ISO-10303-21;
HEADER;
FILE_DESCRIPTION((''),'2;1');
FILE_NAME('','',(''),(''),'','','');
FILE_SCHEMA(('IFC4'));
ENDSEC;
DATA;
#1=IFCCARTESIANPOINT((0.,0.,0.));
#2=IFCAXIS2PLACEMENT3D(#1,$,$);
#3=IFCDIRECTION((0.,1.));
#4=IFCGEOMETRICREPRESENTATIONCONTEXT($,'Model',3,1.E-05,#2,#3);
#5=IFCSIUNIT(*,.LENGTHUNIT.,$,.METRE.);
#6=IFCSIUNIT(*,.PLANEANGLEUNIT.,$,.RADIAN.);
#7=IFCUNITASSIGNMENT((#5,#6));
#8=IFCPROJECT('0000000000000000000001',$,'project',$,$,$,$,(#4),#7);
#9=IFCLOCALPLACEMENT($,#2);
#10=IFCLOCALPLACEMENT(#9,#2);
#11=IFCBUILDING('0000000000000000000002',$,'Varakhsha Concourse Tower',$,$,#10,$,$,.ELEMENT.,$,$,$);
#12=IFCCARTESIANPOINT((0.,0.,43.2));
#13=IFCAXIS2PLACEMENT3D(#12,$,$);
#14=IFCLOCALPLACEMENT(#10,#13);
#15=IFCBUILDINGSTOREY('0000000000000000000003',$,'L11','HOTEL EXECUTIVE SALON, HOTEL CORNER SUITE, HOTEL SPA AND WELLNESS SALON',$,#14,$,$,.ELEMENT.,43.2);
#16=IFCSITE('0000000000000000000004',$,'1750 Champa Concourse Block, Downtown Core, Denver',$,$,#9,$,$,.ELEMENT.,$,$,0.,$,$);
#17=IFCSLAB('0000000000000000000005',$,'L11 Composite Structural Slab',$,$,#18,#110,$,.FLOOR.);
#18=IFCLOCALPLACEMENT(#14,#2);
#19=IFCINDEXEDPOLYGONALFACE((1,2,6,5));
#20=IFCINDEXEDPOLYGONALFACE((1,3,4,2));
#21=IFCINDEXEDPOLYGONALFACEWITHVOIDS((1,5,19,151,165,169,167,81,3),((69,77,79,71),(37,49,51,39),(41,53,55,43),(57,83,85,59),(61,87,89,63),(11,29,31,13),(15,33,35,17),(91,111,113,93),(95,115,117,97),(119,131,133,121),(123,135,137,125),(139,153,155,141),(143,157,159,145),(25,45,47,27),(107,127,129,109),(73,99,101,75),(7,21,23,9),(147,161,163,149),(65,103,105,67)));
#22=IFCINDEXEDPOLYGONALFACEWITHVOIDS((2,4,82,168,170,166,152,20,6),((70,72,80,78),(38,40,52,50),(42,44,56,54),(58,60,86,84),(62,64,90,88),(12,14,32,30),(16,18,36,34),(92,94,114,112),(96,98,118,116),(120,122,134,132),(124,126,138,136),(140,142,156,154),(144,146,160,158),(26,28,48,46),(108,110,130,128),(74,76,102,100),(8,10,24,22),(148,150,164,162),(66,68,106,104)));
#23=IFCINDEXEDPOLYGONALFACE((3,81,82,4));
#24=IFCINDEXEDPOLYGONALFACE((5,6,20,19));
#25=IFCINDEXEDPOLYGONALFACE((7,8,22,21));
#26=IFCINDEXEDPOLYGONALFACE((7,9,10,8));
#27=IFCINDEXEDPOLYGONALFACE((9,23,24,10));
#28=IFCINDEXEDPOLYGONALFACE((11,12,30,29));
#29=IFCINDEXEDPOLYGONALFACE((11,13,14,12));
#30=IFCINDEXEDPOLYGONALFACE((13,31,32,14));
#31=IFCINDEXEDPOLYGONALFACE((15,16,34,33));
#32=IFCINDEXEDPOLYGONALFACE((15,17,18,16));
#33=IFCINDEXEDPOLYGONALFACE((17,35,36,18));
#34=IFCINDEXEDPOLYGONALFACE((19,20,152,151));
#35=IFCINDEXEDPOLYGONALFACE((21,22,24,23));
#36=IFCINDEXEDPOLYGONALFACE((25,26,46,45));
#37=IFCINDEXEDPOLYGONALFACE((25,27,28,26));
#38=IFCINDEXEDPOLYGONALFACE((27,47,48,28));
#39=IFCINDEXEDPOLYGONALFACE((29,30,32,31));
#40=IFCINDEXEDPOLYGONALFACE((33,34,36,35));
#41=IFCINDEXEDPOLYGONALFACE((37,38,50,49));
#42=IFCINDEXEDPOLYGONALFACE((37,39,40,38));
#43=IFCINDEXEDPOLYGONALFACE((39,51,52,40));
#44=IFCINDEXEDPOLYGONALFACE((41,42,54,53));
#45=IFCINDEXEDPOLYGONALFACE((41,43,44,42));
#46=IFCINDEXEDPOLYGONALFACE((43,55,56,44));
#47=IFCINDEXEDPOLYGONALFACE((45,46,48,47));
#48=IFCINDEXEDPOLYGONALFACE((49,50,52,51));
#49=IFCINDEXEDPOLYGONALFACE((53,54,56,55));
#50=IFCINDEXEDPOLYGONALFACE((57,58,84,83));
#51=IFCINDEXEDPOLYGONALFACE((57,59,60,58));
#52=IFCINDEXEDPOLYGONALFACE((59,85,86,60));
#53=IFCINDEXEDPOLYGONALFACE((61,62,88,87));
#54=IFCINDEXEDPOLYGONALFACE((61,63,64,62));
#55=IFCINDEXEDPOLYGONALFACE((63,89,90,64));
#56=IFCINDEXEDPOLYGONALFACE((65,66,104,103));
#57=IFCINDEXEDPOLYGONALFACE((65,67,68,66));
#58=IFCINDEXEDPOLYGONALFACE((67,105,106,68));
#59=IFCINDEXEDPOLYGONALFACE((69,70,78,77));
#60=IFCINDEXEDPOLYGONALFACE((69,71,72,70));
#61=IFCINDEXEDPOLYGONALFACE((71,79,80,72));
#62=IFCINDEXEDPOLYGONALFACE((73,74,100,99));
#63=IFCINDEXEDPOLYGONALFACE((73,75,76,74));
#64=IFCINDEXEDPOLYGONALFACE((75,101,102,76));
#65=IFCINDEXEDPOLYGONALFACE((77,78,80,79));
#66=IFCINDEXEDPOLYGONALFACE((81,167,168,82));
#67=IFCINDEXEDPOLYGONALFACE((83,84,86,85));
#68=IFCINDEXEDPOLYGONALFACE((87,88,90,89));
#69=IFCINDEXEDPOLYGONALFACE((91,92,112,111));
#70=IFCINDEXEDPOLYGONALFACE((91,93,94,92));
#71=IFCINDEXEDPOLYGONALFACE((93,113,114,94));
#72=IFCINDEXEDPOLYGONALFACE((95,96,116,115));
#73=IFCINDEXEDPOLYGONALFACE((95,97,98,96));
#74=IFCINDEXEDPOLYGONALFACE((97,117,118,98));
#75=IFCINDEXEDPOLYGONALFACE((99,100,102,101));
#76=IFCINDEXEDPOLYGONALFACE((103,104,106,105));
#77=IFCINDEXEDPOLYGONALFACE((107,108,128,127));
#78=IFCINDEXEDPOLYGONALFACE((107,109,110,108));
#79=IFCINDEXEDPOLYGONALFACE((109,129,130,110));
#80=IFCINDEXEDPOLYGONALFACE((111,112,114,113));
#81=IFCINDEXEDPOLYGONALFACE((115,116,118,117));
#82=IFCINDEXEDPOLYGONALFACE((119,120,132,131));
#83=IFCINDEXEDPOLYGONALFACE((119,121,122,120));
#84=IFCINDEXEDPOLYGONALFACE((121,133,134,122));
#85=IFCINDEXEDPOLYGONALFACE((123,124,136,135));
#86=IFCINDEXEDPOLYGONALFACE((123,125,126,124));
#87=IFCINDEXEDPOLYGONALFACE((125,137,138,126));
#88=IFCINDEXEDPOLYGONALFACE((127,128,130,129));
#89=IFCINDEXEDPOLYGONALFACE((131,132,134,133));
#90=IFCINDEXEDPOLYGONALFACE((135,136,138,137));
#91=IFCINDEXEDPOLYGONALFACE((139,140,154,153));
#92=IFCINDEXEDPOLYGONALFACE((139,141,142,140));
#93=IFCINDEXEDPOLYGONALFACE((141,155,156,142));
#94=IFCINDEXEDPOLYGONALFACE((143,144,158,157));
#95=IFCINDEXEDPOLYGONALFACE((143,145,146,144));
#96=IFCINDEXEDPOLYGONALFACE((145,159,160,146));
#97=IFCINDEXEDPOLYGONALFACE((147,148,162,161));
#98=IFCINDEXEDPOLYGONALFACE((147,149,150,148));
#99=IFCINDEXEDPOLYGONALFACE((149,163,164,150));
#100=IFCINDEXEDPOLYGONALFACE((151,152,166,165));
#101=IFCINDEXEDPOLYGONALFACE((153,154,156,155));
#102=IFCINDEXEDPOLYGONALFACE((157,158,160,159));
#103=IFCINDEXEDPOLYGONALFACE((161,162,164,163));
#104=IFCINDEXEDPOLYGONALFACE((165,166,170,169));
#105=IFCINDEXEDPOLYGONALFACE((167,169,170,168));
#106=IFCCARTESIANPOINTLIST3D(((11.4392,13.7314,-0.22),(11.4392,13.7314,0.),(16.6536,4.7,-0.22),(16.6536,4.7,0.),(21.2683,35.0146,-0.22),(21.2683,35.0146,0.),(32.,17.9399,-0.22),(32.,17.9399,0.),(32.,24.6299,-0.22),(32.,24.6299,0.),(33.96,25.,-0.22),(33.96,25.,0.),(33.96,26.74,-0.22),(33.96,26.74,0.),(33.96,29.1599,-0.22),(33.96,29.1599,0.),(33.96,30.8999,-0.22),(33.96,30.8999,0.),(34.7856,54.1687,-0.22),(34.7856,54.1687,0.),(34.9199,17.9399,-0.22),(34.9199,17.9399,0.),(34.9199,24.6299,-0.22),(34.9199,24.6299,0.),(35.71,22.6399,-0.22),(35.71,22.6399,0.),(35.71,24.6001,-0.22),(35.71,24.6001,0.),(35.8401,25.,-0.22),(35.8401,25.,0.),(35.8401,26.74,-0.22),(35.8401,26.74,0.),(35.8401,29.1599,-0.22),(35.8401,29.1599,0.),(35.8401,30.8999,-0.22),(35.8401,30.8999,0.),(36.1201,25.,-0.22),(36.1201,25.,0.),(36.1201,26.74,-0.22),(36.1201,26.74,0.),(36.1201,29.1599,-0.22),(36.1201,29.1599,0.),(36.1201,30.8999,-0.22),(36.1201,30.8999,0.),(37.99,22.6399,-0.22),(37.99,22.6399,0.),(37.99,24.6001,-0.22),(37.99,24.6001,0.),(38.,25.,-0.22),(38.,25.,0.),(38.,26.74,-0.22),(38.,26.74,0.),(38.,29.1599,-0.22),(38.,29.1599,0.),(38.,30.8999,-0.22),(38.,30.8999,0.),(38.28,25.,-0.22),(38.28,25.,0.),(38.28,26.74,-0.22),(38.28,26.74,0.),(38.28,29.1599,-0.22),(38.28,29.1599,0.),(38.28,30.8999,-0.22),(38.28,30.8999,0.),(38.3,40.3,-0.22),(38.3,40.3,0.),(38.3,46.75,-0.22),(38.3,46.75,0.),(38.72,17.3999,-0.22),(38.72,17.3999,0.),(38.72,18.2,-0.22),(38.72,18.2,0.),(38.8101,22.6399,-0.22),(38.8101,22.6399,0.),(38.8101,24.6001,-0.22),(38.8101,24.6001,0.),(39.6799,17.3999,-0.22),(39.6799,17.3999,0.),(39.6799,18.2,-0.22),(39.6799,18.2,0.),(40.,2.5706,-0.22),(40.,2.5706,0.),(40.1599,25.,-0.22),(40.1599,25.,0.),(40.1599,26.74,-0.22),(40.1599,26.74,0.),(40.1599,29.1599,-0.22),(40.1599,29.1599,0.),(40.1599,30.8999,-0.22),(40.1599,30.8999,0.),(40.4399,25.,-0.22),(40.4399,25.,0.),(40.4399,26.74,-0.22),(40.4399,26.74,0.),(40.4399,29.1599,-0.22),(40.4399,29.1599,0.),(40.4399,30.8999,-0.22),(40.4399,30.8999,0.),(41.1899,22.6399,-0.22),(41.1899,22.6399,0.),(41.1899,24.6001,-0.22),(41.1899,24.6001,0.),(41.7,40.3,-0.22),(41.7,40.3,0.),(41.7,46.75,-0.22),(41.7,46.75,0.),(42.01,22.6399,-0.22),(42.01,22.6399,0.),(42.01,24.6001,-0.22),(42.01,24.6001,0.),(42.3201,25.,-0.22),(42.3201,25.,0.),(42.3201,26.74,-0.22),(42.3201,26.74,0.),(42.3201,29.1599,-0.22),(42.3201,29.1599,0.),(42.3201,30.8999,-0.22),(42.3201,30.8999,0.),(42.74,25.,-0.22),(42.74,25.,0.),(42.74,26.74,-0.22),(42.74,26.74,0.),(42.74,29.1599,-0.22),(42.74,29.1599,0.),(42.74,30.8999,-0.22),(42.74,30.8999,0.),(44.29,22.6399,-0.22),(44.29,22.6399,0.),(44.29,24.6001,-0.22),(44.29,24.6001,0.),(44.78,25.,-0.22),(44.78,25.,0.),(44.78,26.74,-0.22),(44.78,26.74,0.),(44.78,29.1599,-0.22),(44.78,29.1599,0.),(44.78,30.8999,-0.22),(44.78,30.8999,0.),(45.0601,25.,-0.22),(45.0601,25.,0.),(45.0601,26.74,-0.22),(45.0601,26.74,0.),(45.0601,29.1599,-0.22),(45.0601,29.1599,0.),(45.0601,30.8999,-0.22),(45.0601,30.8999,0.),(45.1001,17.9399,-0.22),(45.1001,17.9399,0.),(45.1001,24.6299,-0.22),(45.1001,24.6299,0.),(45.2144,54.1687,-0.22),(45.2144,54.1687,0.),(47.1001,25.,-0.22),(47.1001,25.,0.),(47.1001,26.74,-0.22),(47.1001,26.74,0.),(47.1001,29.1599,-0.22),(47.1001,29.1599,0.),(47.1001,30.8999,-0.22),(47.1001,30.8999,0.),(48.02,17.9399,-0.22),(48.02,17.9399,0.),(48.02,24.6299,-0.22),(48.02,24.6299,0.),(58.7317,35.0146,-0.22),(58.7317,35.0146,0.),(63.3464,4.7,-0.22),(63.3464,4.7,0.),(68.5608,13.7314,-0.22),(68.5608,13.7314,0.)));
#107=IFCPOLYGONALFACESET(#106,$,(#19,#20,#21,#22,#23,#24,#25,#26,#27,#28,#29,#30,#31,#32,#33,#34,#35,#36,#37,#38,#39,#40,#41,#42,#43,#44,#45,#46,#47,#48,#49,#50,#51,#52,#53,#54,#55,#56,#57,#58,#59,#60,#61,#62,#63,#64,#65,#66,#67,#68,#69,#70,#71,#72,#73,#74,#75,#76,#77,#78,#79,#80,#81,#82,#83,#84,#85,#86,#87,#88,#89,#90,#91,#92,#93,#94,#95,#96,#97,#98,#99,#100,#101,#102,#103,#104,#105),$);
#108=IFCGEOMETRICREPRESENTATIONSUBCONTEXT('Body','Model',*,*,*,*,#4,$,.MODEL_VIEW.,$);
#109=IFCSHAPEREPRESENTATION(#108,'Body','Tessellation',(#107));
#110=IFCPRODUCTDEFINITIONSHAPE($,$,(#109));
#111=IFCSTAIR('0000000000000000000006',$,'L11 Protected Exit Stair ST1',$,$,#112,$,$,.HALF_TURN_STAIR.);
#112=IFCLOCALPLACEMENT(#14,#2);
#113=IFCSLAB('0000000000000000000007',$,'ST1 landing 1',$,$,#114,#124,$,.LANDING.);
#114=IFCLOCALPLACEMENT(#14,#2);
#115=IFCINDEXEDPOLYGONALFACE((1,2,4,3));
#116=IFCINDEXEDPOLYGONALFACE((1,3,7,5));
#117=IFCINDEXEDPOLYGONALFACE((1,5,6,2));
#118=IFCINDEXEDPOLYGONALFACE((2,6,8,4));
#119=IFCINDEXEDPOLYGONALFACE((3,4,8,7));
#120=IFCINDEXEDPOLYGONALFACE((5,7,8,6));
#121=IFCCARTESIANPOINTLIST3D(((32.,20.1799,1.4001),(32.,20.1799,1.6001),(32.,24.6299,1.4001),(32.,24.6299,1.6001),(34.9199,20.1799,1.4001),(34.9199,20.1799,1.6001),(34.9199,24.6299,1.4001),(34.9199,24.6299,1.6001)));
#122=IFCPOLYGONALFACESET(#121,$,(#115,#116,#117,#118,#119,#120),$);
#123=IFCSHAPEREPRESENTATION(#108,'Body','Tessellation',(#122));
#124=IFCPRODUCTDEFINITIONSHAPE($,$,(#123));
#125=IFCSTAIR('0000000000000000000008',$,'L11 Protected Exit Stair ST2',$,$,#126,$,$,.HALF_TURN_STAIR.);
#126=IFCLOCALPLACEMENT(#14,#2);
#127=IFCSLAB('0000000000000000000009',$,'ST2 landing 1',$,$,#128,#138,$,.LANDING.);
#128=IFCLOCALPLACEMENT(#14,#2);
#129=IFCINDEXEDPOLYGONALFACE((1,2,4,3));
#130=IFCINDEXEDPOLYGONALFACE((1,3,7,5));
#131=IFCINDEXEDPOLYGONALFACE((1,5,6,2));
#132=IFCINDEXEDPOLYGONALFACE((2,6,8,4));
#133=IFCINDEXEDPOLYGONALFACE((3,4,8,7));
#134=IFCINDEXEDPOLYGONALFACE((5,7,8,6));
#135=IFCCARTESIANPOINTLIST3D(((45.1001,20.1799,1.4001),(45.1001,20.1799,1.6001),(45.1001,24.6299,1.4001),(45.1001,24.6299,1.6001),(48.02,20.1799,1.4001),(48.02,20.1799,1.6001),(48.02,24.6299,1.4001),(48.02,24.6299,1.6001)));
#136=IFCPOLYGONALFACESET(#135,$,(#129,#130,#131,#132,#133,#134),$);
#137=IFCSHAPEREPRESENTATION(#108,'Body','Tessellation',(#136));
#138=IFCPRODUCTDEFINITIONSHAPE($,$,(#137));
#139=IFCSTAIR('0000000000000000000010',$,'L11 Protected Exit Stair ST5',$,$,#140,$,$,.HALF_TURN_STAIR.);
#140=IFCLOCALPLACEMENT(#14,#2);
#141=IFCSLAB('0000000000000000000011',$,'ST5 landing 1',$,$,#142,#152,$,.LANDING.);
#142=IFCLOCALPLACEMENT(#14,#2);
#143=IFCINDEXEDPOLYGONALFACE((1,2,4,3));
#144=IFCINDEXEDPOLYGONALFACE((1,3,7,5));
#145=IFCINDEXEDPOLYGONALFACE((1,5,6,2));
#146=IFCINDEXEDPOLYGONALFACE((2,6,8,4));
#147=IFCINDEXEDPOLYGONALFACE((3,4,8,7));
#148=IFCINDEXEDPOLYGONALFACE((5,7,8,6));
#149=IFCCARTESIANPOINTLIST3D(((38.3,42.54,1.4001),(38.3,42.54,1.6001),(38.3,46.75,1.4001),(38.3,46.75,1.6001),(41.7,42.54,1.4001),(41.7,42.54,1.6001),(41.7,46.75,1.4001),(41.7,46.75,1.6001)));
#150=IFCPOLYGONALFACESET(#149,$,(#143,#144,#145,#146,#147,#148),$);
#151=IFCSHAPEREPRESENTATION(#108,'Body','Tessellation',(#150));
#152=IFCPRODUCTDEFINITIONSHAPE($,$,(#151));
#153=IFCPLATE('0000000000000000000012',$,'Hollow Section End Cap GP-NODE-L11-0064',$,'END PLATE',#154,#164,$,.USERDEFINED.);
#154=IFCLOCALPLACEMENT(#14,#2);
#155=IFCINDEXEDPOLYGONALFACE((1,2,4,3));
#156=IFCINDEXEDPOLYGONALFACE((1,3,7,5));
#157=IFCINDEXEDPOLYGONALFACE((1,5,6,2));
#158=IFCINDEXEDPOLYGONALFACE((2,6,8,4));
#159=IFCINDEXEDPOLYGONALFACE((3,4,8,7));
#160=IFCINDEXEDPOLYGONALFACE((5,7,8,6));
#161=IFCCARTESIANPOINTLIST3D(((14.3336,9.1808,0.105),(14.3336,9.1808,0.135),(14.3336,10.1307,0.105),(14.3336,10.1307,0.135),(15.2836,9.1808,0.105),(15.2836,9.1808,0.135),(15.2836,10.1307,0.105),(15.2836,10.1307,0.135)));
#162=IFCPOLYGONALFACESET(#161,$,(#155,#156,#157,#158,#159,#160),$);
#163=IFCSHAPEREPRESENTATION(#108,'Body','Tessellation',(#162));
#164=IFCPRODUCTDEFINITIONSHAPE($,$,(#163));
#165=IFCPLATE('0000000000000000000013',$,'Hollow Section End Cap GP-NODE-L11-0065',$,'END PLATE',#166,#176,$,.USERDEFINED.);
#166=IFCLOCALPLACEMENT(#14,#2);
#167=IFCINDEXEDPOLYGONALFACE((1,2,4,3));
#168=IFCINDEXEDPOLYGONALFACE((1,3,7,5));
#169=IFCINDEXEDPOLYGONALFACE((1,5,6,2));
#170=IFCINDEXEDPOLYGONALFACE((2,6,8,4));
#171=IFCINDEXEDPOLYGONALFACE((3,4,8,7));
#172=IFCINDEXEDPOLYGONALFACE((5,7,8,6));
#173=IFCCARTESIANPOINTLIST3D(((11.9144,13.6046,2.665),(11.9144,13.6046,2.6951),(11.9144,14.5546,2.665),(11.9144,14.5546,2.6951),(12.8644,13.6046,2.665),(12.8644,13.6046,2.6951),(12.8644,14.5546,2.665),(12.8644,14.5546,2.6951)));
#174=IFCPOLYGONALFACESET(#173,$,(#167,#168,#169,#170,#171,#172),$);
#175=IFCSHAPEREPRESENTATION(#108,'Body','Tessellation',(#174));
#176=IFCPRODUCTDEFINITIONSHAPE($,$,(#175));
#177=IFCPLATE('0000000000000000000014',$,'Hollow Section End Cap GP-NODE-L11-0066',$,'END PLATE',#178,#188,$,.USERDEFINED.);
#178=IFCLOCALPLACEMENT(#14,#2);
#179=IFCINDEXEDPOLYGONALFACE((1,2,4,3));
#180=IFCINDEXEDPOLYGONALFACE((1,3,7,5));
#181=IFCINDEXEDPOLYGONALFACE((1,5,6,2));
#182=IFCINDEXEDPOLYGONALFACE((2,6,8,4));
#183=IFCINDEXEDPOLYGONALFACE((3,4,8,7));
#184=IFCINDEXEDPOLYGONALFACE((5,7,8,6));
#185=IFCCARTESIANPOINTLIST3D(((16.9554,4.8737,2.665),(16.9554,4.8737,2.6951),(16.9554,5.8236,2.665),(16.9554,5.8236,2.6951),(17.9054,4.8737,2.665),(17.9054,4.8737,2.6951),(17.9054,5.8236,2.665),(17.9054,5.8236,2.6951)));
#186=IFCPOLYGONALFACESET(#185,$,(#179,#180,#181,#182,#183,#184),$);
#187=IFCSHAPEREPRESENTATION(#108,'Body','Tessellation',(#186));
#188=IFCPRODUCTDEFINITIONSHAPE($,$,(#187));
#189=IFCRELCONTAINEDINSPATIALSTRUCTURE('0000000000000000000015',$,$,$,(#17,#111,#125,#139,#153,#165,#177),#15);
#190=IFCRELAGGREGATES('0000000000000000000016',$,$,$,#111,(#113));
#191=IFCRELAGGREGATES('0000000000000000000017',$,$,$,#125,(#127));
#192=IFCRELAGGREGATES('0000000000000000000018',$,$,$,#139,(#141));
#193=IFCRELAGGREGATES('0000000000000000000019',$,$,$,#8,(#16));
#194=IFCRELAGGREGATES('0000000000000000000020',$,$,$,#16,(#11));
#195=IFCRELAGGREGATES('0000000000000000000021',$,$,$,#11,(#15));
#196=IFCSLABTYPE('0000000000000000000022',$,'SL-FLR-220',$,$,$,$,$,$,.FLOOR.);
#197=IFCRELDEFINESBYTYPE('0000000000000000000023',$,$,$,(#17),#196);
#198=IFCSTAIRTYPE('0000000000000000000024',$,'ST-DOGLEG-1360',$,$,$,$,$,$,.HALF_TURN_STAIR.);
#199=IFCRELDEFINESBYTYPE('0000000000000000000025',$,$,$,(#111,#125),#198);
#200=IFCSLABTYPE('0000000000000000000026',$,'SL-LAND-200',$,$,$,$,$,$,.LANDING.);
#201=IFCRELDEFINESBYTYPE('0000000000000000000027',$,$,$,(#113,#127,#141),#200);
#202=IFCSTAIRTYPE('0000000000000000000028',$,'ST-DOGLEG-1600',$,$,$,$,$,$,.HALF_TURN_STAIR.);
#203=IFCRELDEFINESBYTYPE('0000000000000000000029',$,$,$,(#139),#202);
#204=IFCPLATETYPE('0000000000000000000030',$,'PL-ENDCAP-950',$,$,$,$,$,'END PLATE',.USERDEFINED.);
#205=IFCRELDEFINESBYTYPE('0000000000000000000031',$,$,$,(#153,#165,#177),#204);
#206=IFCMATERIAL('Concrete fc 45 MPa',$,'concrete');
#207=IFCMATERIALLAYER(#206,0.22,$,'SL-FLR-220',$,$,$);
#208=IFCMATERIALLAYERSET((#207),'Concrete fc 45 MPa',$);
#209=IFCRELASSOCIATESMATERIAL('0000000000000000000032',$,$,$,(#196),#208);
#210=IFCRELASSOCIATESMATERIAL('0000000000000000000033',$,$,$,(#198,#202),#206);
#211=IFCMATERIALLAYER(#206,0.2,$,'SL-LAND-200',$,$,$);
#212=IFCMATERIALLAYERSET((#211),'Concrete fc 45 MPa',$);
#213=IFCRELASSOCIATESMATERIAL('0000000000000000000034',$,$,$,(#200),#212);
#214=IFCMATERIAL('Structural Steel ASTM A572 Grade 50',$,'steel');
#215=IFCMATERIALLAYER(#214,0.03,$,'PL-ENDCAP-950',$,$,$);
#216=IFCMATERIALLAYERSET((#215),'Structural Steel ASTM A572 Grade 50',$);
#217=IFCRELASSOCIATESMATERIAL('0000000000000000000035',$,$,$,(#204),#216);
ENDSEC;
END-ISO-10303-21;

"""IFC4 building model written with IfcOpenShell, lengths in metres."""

from ifc_helpers import new_model, si_unit, direction, frame, origin, origin_2d, place, context, subcontext, project, spatial, polyline, rectangle, outline, extrude, source, transform, mapped, material, layer, layer_set, type_object, type_shapes, element, aggregate, save


model = new_model("IFC4")

# Units and contexts
model_context = context("Model", 3, precision=1e-05, world=origin(), true_north=direction((0.0, 1.0)))
body_context = subcontext(model_context, "Body", "Model", "MODEL_VIEW")
ifc_project = project(units=[si_unit("LENGTHUNIT", "METRE"), si_unit("PLANEANGLEUNIT", "RADIAN")], contexts=[model_context])

# Site, building, storey
site_placement = place(None, origin())
site = spatial("IfcSite", under=ifc_project, at=site_placement, Name="1750 Champa Concourse Block, Downtown Core, Denver", CompositionType="ELEMENT", RefElevation=0.0)
building_placement = place(site_placement, origin())
building = spatial("IfcBuilding", under=site, at=building_placement, Name="Varakhsha Concourse Tower", CompositionType="ELEMENT")
storey_placement = place(building_placement, frame((0.0, 0.0, 43.2)))
storey = spatial("IfcBuildingStorey", under=building, at=storey_placement, Name="L11", Description="HOTEL EXECUTIVE SALON, HOTEL CORNER SUITE, HOTEL SPA AND WELLNESS SALON", CompositionType="ELEMENT", Elevation=43.2)

# Shared definitions
ifc_material_1 = material(Name="Structural Steel ASTM A572 Grade 50", Category="steel")

# Slab
ifc_material_2 = material(Name="Concrete fc 45 MPa", Category="concrete")
ifc_layer_1 = layer(ifc_material_2, 0.22, Name="SL-FLR-220")
ifc_layer_set_1 = layer_set([ifc_layer_1], Name="Concrete fc 45 MPa")
slab_type_1 = type_object("IfcSlabType", Name="SL-FLR-220", PredefinedType="FLOOR", material=ifc_layer_set_1)
slab_1_placement = place(storey_placement, frame((0.0, 0.0, -0.22)))
element("IfcSlab", 1, at=slab_1_placement, inside=storey, type_object=slab_type_1, Name="L11 Composite Structural Slab", PredefinedType="FLOOR", context=body_context, shape_type="SweptSolid", body=[
    extrude(outline(polyline([(45.2144, 54.1687), (34.7856, 54.1687), (21.2683, 35.0146), (11.4392, 13.7314), (16.6536, 4.7), (40.0, 2.5706), (63.3464, 4.7), (68.5608, 13.7314), (58.7317, 35.0146), (45.2144, 54.1687)]), holes=[polyline([(34.9199, 17.9399), (34.9199, 24.6299), (32.0, 24.6299), (32.0, 17.9399), (34.9199, 17.9399)]), polyline([(48.02, 17.9399), (48.02, 24.6299), (45.1001, 24.6299), (45.1001, 17.9399), (48.02, 17.9399)]), polyline([(41.7, 40.3), (41.7, 46.75), (38.3, 46.75), (38.3, 40.3), (41.7, 40.3)]), polyline([(33.96, 29.1599), (35.8401, 29.1599), (35.8401, 30.8999), (33.96, 30.8999), (33.96, 29.1599)]), polyline([(36.1201, 29.1599), (38.0, 29.1599), (38.0, 30.8999), (36.1201, 30.8999), (36.1201, 29.1599)]), polyline([(38.28, 29.1599), (40.1599, 29.1599), (40.1599, 30.8999), (38.28, 30.8999), (38.28, 29.1599)]), polyline([(40.4399, 29.1599), (42.3201, 29.1599), (42.3201, 30.8999), (40.4399, 30.8999), (40.4399, 29.1599)]), polyline([(33.96, 25.0), (35.8401, 25.0), (35.8401, 26.74), (33.96, 26.74), (33.96, 25.0)]), polyline([(36.1201, 25.0), (38.0, 25.0), (38.0, 26.74), (36.1201, 26.74), (36.1201, 25.0)]), polyline([(38.28, 25.0), (40.1599, 25.0), (40.1599, 26.74), (38.28, 26.74), (38.28, 25.0)]), polyline([(40.4399, 25.0), (42.3201, 25.0), (42.3201, 26.74), (40.4399, 26.74), (40.4399, 25.0)]), polyline([(42.74, 29.1599), (44.78, 29.1599), (44.78, 30.8999), (42.74, 30.8999), (42.74, 29.1599)]), polyline([(45.0601, 29.1599), (47.1001, 29.1599), (47.1001, 30.8999), (45.0601, 30.8999), (45.0601, 29.1599)]), polyline([(42.74, 25.0), (44.78, 25.0), (44.78, 26.74), (42.74, 26.74), (42.74, 25.0)]), polyline([(45.0601, 25.0), (47.1001, 25.0), (47.1001, 26.74), (45.0601, 26.74), (45.0601, 25.0)]), polyline([(35.71, 22.6399), (37.99, 22.6399), (37.99, 24.6001), (35.71, 24.6001), (35.71, 22.6399)]), polyline([(42.01, 22.6399), (44.29, 22.6399), (44.29, 24.6001), (42.01, 24.6001), (42.01, 22.6399)]), polyline([(38.8101, 22.6399), (41.1899, 22.6399), (41.1899, 24.6001), (38.8101, 24.6001), (38.8101, 22.6399)]), polyline([(38.72, 17.3999), (39.6799, 17.3999), (39.6799, 18.2), (38.72, 18.2), (38.72, 17.3999)])]), origin(), (0.0, 0.0, 1.0), 0.22),
])

# Stairs, slabs
stair_type_1 = type_object("IfcStairType", Name="ST-DOGLEG-1360", PredefinedType="HALF_TURN_STAIR", material=ifc_material_2)
stair_1_placement = place(storey_placement, origin())
stair_1 = element("IfcStair", 2, at=stair_1_placement, inside=storey, type_object=stair_type_1, Name="L11 Protected Exit Stair ST1", PredefinedType="HALF_TURN_STAIR")
ifc_layer_2 = layer(ifc_material_2, 0.2, Name="SL-LAND-200")
ifc_layer_set_2 = layer_set([ifc_layer_2], Name="Concrete fc 45 MPa")
slab_type_2 = type_object("IfcSlabType", Name="SL-LAND-200", PredefinedType="LANDING", material=ifc_layer_set_2)
slab_2_placement = place(storey_placement, frame((0.0, 0.0, 1.4001)))
slab_2 = element("IfcSlab", 3, at=slab_2_placement, type_object=slab_type_2, Name="ST1 landing 1", PredefinedType="LANDING", context=body_context, shape_type="SweptSolid", body=[
    extrude(outline(polyline([(34.9199, 20.1799), (34.9199, 24.6299), (32.0, 24.6299), (32.0, 20.1799), (34.9199, 20.1799)])), origin(), (0.0, 0.0, 1.0), 0.2),
])
aggregate(stair_1, [slab_2])
stair_2_placement = place(storey_placement, origin())
stair_2 = element("IfcStair", 4, at=stair_2_placement, inside=storey, type_object=stair_type_1, Name="L11 Protected Exit Stair ST2", PredefinedType="HALF_TURN_STAIR")
slab_3_placement = place(storey_placement, frame((0.0, 0.0, 1.4001)))
slab_3 = element("IfcSlab", 5, at=slab_3_placement, type_object=slab_type_2, Name="ST2 landing 1", PredefinedType="LANDING", context=body_context, shape_type="SweptSolid", body=[
    extrude(outline(polyline([(48.02, 20.1799), (48.02, 24.6299), (45.1001, 24.6299), (45.1001, 20.1799), (48.02, 20.1799)])), origin(), (0.0, 0.0, 1.0), 0.2),
])
aggregate(stair_2, [slab_3])
stair_type_2 = type_object("IfcStairType", Name="ST-DOGLEG-1600", PredefinedType="HALF_TURN_STAIR", material=ifc_material_2)
stair_3_placement = place(storey_placement, origin())
stair_3 = element("IfcStair", 6, at=stair_3_placement, inside=storey, type_object=stair_type_2, Name="L11 Protected Exit Stair ST5", PredefinedType="HALF_TURN_STAIR")
slab_4_placement = place(storey_placement, frame((0.0, 0.0, 1.4001)))
slab_4 = element("IfcSlab", 7, at=slab_4_placement, type_object=slab_type_2, Name="ST5 landing 1", PredefinedType="LANDING", context=body_context, shape_type="SweptSolid", body=[
    extrude(outline(polyline([(41.7, 42.54), (41.7, 46.75), (38.3, 46.75), (38.3, 42.54), (41.7, 42.54)])), origin(), (0.0, 0.0, 1.0), 0.2),
])
aggregate(stair_3, [slab_4])

# Plates
ifc_layer_3 = layer(ifc_material_1, 0.03, Name="PL-ENDCAP-950")
ifc_layer_set_3 = layer_set([ifc_layer_3], Name="Structural Steel ASTM A572 Grade 50")
plate_type_1 = type_object("IfcPlateType", Name="PL-ENDCAP-950", ElementType="END PLATE", PredefinedType="USERDEFINED", material=ifc_layer_set_3)
shared_shape_1 = source(origin(), body_context, "Body", "SweptSolid", [
    extrude(rectangle(XDim=0.95, YDim=0.95, at=origin_2d()), origin(), (0.0, 0.0, 1.0), 0.03),
])
type_shapes(plate_type_1, [shared_shape_1])
for number, where, z_axis, x_axis, name in (
    (8, (14.8086, 9.6558, 0.105), (0.0, 0.0, 1.0), (1.0, 0.0, 0.0), "Hollow Section End Cap GP-NODE-L11-0064"),
    (9, (12.3894, 14.0796, 2.665), (0.0, 0.0, 1.0), (1.0, 0.0, 0.0), "Hollow Section End Cap GP-NODE-L11-0065"),
    (10, (17.4304, 5.3486, 2.665), (0.0, 0.0, 1.0), (1.0, 0.0, 0.0), "Hollow Section End Cap GP-NODE-L11-0066"),
):
    element("IfcPlate", number, at=place(storey_placement, frame(where, z_axis=z_axis, x_axis=x_axis)), inside=storey, type_object=plate_type_1, Name=name, ObjectType="END PLATE", PredefinedType="USERDEFINED", context=body_context, shape_type="MappedRepresentation", body=[
        mapped(shared_shape_1, transform((0.0, 0.0, 0.0), scale=1.0)),
    ])

save(model, "model.ifc")
